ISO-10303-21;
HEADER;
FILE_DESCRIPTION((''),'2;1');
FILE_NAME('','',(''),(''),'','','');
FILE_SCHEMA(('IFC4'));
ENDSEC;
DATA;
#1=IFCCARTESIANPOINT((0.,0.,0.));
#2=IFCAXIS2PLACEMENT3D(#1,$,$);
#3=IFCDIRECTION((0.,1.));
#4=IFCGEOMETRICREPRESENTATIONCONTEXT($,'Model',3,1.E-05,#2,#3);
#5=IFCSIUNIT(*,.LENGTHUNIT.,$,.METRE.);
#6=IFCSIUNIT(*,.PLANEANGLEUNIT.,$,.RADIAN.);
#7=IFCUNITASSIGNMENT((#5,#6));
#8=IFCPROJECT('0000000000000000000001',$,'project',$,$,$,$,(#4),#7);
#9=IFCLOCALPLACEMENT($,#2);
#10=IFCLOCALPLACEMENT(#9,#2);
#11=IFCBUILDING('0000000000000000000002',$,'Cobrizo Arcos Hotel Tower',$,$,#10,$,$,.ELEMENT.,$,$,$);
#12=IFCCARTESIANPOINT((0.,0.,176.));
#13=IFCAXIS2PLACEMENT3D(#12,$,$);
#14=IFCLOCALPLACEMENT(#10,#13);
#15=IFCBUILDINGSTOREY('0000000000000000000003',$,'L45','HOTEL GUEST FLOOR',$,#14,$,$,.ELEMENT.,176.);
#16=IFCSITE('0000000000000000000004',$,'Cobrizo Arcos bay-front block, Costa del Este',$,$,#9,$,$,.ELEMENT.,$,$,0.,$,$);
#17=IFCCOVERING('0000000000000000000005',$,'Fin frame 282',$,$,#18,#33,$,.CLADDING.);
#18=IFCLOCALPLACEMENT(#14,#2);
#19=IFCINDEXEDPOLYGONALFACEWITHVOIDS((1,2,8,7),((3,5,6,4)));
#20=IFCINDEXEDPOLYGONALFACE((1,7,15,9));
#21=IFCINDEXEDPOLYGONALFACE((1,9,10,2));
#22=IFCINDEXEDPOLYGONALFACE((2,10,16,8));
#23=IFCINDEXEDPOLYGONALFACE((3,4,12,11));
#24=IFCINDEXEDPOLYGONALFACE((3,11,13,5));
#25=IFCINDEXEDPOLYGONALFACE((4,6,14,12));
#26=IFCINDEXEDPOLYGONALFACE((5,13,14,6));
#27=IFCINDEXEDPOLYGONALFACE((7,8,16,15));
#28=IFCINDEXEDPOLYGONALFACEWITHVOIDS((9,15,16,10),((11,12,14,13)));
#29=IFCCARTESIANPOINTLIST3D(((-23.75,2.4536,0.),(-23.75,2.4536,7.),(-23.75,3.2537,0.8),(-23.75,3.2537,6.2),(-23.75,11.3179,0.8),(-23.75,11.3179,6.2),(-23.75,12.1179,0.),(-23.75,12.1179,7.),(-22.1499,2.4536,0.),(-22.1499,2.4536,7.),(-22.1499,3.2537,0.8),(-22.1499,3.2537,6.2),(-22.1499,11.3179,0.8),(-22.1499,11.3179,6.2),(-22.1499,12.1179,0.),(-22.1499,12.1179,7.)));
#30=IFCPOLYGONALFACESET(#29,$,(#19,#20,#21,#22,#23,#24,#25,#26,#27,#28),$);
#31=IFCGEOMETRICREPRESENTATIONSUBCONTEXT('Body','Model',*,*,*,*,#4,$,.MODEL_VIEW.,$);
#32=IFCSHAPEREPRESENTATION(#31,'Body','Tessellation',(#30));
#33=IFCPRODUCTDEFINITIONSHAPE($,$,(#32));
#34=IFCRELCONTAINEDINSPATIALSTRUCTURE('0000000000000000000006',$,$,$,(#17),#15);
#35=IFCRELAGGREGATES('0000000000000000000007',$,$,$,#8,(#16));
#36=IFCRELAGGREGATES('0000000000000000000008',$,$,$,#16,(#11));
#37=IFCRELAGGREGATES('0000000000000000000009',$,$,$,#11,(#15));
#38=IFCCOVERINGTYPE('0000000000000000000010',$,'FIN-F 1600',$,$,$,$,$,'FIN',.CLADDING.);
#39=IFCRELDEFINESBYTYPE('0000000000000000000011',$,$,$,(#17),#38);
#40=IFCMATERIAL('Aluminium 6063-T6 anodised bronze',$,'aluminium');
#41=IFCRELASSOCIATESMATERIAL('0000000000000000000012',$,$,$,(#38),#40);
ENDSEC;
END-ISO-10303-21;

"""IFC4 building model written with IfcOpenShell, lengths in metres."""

from ifc_helpers import new_model, si_unit, direction, frame, origin, place, context, subcontext, project, spatial, polyline, outline, extrude, material, type_object, element, save


model = new_model("IFC4")

# Units and contexts
model_context = context("Model", 3, precision=1e-05, world=origin(), true_north=direction((0.0, 1.0)))
body_context = subcontext(model_context, "Body", "Model", "MODEL_VIEW")
ifc_project = project(units=[si_unit("LENGTHUNIT", "METRE"), si_unit("PLANEANGLEUNIT", "RADIAN")], contexts=[model_context])

# Site, building, storey
site_placement = place(None, origin())
site = spatial("IfcSite", under=ifc_project, at=site_placement, Name="Cobrizo Arcos bay-front block, Costa del Este", CompositionType="ELEMENT", RefElevation=0.0)
building_placement = place(site_placement, origin())
building = spatial("IfcBuilding", under=site, at=building_placement, Name="Cobrizo Arcos Hotel Tower", CompositionType="ELEMENT")
storey_placement = place(building_placement, frame((0.0, 0.0, 176.0)))
storey = spatial("IfcBuildingStorey", under=building, at=storey_placement, Name="L45", Description="HOTEL GUEST FLOOR", CompositionType="ELEMENT", Elevation=176.0)

# Shared definitions
ifc_material_1 = material(Name="Aluminium 6063-T6 anodised bronze", Category="aluminium")

# Covering
covering_type = type_object("IfcCoveringType", Name="FIN-F 1600", ElementType="FIN", PredefinedType="CLADDING", material=ifc_material_1)
covering_placement = place(storey_placement, frame((-22.1499, 12.1179, 0.0), z_axis=(-1.0, 0.0, 0.0), x_axis=(0.0, -1.0, 0.0)))
element("IfcCovering", 1, at=covering_placement, inside=storey, type_object=covering_type, Name="Fin frame 282", PredefinedType="CLADDING", context=body_context, shape_type="SweptSolid", body=[
    extrude(outline(polyline([(0.0, 7.0), (0.0, 0.0), (9.6643, 0.0), (9.6643, 7.0), (0.0, 7.0)]), holes=[polyline([(8.8643, 0.8), (0.8, 0.8), (0.8, 6.2), (8.8643, 6.2), (8.8643, 0.8)])]), origin(), (0.0, 0.0, 1.0), 1.6001),
])

save(model, "model.ifc")
